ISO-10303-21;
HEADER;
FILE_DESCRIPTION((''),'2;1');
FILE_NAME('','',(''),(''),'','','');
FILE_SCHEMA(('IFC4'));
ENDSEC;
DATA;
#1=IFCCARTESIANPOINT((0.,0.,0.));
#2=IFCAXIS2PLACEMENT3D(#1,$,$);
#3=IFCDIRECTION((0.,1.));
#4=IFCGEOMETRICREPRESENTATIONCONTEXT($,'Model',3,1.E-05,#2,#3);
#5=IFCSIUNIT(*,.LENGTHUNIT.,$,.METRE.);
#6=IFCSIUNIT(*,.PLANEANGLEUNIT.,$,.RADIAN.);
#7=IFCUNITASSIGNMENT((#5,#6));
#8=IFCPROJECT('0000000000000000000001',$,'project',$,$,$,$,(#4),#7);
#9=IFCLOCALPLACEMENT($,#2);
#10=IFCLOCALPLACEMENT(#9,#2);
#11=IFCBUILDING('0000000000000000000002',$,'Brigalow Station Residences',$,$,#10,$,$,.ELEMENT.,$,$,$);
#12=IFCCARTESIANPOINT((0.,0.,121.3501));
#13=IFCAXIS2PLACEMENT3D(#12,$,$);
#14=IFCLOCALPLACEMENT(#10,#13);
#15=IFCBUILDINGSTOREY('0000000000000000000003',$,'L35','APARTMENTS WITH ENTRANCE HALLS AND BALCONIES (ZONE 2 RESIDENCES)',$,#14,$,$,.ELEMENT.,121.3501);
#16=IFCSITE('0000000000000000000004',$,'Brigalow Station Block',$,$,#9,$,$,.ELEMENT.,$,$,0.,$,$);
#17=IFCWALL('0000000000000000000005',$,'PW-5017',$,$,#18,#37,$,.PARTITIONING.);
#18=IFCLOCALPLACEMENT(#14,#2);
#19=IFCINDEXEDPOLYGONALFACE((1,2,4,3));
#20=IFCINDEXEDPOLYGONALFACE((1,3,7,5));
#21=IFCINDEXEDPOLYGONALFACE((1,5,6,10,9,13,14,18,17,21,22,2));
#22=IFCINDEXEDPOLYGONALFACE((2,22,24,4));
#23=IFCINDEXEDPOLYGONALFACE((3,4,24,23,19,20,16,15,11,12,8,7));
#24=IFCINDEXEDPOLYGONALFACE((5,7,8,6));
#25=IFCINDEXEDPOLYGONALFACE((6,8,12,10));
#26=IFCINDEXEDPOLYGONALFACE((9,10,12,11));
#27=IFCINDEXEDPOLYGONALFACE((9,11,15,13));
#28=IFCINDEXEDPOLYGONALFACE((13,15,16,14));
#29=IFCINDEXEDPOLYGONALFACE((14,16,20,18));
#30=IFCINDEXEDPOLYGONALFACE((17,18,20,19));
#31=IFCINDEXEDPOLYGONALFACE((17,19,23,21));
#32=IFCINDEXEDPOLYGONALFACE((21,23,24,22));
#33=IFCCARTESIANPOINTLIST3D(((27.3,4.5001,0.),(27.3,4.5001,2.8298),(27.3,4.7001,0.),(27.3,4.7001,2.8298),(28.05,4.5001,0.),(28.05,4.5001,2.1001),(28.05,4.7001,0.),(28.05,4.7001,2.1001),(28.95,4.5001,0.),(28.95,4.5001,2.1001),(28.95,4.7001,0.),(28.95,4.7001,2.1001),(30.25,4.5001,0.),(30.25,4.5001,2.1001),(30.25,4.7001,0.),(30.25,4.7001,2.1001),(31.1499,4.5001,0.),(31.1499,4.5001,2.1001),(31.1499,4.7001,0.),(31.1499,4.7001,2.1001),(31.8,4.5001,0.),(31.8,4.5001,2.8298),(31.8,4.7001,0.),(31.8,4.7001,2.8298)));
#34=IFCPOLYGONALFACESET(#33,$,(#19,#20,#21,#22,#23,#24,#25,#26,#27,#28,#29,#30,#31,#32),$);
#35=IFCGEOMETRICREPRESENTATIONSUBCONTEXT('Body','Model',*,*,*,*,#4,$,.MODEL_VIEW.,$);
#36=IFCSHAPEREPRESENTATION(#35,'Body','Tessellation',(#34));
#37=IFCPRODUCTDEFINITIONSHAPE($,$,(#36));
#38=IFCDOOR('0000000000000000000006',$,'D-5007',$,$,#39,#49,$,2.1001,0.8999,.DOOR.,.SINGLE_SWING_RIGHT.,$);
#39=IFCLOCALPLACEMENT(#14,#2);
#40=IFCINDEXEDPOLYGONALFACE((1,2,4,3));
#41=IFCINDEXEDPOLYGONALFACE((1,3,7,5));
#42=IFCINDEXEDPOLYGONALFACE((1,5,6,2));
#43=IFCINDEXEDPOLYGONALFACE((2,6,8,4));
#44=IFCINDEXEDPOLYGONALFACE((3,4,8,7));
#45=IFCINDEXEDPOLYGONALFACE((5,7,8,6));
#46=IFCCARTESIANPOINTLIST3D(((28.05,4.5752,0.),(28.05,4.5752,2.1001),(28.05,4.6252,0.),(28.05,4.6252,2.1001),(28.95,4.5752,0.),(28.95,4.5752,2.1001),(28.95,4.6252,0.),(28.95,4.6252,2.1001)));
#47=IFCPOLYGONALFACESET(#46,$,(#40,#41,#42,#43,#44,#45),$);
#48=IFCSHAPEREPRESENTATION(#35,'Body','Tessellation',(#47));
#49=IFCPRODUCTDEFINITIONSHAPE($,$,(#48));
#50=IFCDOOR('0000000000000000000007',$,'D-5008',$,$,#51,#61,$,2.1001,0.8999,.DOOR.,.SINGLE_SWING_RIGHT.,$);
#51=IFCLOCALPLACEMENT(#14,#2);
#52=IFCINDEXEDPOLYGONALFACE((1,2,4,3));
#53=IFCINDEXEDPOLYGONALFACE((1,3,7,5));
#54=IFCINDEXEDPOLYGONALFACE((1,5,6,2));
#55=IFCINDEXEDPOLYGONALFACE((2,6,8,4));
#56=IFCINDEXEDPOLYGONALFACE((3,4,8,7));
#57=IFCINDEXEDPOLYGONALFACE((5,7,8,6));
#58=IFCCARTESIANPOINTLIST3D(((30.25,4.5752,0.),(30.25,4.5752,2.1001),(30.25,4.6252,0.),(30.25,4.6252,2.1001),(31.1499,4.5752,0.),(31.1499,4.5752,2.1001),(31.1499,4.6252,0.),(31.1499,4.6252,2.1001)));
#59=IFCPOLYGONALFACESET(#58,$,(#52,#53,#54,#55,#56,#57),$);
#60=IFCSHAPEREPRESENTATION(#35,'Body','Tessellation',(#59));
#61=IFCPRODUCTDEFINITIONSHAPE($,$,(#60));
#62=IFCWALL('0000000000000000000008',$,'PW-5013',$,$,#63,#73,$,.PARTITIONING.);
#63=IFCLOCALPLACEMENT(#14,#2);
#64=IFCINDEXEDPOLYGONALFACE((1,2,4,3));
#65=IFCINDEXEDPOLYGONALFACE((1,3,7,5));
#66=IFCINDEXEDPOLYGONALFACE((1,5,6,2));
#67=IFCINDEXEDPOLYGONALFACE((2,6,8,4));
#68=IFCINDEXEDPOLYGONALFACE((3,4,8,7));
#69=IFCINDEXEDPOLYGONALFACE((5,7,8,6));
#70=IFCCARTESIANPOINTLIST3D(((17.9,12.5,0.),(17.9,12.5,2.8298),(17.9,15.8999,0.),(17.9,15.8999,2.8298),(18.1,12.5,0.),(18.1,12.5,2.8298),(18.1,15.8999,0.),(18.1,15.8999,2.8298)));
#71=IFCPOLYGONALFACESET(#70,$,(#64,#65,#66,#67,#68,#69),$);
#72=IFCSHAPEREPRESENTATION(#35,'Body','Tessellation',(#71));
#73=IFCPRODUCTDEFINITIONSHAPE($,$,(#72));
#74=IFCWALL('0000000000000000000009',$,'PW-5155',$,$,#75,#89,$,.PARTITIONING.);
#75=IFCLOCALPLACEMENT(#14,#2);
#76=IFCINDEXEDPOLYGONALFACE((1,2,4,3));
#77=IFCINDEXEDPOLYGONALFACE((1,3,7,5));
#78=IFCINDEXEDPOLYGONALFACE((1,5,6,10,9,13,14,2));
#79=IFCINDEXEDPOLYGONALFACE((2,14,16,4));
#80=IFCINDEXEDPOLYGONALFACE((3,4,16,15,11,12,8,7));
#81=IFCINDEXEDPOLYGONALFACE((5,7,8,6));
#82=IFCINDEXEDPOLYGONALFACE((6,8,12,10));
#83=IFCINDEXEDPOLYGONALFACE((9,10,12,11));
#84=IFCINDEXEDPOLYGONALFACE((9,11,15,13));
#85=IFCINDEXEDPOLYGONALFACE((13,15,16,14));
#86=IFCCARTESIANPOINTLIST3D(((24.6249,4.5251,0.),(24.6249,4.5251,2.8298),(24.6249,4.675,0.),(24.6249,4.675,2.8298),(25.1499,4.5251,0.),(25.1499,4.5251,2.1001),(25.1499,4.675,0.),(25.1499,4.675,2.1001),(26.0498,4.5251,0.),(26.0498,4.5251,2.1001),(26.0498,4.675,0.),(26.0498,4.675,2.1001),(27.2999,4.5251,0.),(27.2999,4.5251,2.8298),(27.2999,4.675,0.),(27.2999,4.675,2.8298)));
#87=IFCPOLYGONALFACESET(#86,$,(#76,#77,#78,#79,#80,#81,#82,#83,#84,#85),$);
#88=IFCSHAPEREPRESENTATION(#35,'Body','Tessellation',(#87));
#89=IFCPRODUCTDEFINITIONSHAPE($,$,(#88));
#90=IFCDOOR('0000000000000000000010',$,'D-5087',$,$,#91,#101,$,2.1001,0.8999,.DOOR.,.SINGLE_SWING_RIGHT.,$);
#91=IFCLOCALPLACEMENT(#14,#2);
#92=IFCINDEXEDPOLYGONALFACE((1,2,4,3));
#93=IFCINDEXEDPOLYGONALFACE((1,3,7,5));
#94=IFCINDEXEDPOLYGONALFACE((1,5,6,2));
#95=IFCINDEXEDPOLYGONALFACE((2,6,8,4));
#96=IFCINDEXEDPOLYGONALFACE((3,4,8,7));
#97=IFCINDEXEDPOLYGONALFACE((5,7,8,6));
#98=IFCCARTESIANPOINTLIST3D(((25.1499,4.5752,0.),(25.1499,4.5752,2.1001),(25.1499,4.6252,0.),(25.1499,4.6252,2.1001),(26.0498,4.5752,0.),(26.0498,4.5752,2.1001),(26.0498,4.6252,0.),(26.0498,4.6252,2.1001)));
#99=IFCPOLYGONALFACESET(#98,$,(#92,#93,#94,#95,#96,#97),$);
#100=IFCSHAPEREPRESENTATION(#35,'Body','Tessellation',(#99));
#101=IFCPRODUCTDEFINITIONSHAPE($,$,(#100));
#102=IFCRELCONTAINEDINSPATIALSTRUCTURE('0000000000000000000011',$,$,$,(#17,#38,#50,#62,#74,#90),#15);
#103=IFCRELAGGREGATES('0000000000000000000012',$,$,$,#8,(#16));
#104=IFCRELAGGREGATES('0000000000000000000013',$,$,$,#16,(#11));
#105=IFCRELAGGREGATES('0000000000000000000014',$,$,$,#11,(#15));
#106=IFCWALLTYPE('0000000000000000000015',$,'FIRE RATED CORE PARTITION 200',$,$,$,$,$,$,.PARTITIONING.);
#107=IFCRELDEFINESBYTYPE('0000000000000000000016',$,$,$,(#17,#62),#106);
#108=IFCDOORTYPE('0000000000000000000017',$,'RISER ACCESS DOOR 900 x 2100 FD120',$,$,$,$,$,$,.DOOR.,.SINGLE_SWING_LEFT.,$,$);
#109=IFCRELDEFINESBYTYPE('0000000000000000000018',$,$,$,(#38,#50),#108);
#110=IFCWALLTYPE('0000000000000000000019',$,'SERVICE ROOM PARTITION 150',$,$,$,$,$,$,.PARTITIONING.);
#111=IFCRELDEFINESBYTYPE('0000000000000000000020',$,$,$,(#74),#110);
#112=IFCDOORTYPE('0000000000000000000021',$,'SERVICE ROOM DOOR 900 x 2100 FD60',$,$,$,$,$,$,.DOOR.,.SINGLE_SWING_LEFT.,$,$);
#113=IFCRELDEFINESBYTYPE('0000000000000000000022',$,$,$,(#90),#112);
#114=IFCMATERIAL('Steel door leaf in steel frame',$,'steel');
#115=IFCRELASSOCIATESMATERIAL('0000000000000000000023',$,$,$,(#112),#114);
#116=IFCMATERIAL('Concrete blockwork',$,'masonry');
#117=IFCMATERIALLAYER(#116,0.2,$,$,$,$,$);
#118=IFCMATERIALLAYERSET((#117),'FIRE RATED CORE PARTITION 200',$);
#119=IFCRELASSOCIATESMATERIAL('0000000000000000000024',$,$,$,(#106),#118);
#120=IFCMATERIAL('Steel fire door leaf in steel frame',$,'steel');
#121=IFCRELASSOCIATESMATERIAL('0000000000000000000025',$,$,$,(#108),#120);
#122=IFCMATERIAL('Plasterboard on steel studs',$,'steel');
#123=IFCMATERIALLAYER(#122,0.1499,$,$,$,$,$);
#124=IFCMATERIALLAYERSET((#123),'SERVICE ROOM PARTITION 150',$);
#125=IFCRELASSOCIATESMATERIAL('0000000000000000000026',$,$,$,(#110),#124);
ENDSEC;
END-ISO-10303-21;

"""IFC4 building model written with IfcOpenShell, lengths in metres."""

from ifc_helpers import new_model, si_unit, direction, frame, frame_2d, origin, place, context, subcontext, project, spatial, rectangle, extrude, material, layer, layer_set, type_object, element, fill, save


model = new_model("IFC4")

# Units and contexts
model_context = context("Model", 3, precision=1e-05, world=origin(), true_north=direction((0.0, 1.0)))
body_context = subcontext(model_context, "Body", "Model", "MODEL_VIEW")
ifc_project = project(units=[si_unit("LENGTHUNIT", "METRE"), si_unit("PLANEANGLEUNIT", "RADIAN")], contexts=[model_context])

# Site, building, storey
site_placement = place(None, origin())
site = spatial("IfcSite", under=ifc_project, at=site_placement, Name="Brigalow Station Block", CompositionType="ELEMENT", RefElevation=0.0)
building_placement = place(site_placement, origin())
building = spatial("IfcBuilding", under=site, at=building_placement, Name="Brigalow Station Residences", CompositionType="ELEMENT")
storey_placement = place(building_placement, frame((0.0, 0.0, 121.3501)))
storey = spatial("IfcBuildingStorey", under=building, at=storey_placement, Name="L35", Description="APARTMENTS WITH ENTRANCE HALLS AND BALCONIES (ZONE 2 RESIDENCES)", CompositionType="ELEMENT", Elevation=121.3501)

# Wall, openings, doors
ifc_material_1 = material(Name="Steel door leaf in steel frame", Category="steel")
door_type_1 = type_object("IfcDoorType", Name="SERVICE ROOM DOOR 900 x 2100 FD60", OperationType="SINGLE_SWING_LEFT", PredefinedType="DOOR", material=ifc_material_1)
ifc_material_2 = material(Name="Concrete blockwork", Category="masonry")
ifc_layer_1 = layer(ifc_material_2, 0.2)
ifc_layer_set_1 = layer_set([ifc_layer_1], Name="FIRE RATED CORE PARTITION 200")
wall_type_1 = type_object("IfcWallType", Name="FIRE RATED CORE PARTITION 200", PredefinedType="PARTITIONING", material=ifc_layer_set_1)
wall_1_placement = place(storey_placement, frame((27.3, 4.6001, 0.0), z_axis=(0.0, 0.0, 1.0), x_axis=(1.0, 0.0, 0.0)))
wall_1 = element("IfcWall", 1, at=wall_1_placement, inside=storey, type_object=wall_type_1, Name="PW-5017", PredefinedType="PARTITIONING", context=body_context, shape_type="SweptSolid", body=[
    extrude(rectangle(XDim=4.5, YDim=0.2, at=frame_2d((2.25, 0.0))), origin(), (0.0, 0.0, 1.0), 2.8298),
])
opening_1_placement = place(wall_1_placement, frame((0.75, 0.0, 0.0)))
opening_1 = element("IfcOpeningElement", 2, at=opening_1_placement, cuts=wall_1, PredefinedType="OPENING", context=body_context, shape_type="SweptSolid", body=[
    extrude(rectangle(XDim=0.8999, YDim=2.1001, at=frame_2d((0.45, 1.05))), frame((0.0, 0.1099, 0.0), z_axis=(0.0, -1.0, 0.0), x_axis=(1.0, 0.0, 0.0)), (0.0, 0.0, 1.0), 0.22),
])
opening_2_placement = place(wall_1_placement, frame((2.95, 0.0, 0.0)))
opening_2 = element("IfcOpeningElement", 3, at=opening_2_placement, cuts=wall_1, PredefinedType="OPENING", context=body_context, shape_type="SweptSolid", body=[
    extrude(rectangle(XDim=0.8999, YDim=2.1001, at=frame_2d((0.45, 1.05))), frame((0.0, 0.1099, 0.0), z_axis=(0.0, -1.0, 0.0), x_axis=(1.0, 0.0, 0.0)), (0.0, 0.0, 1.0), 0.22),
])
ifc_material_3 = material(Name="Steel fire door leaf in steel frame", Category="steel")
door_type_2 = type_object("IfcDoorType", Name="RISER ACCESS DOOR 900 x 2100 FD120", OperationType="SINGLE_SWING_LEFT", PredefinedType="DOOR", material=ifc_material_3)
door_1_placement = place(opening_1_placement, frame((0.8999, 0.0, 0.0), z_axis=(0.0, 0.0, 1.0), x_axis=(-1.0, 0.0, 0.0)))
door_1 = element("IfcDoor", 4, at=door_1_placement, inside=storey, type_object=door_type_2, Name="D-5007", OperationType="SINGLE_SWING_RIGHT", OverallHeight=2.1001, OverallWidth=0.8999, PredefinedType="DOOR", context=body_context, shape_type="SweptSolid", body=[
    extrude(rectangle(XDim=0.8999, YDim=2.1001, at=frame_2d((0.45, 1.05))), frame((0.0, 0.0249, 0.0), z_axis=(0.0, -1.0, 0.0), x_axis=(1.0, 0.0, 0.0)), (0.0, 0.0, 1.0), 0.05),
])
fill(opening_1, door_1)
door_2_placement = place(opening_2_placement, frame((0.8999, 0.0, 0.0), z_axis=(0.0, 0.0, 1.0), x_axis=(-1.0, 0.0, 0.0)))
door_2 = element("IfcDoor", 5, at=door_2_placement, inside=storey, type_object=door_type_2, Name="D-5008", OperationType="SINGLE_SWING_RIGHT", OverallHeight=2.1001, OverallWidth=0.8999, PredefinedType="DOOR", context=body_context, shape_type="SweptSolid", body=[
    extrude(rectangle(XDim=0.8999, YDim=2.1001, at=frame_2d((0.45, 1.05))), frame((0.0, 0.0249, 0.0), z_axis=(0.0, -1.0, 0.0), x_axis=(1.0, 0.0, 0.0)), (0.0, 0.0, 1.0), 0.05),
])
fill(opening_2, door_2)

# Wall
wall_2_placement = place(storey_placement, frame((18.0, 12.5, 0.0), z_axis=(0.0, 0.0, 1.0), x_axis=(0.0, 1.0, 0.0)))
element("IfcWall", 6, at=wall_2_placement, inside=storey, type_object=wall_type_1, Name="PW-5013", PredefinedType="PARTITIONING", context=body_context, shape_type="SweptSolid", body=[
    extrude(rectangle(XDim=3.3999, YDim=0.2, at=frame_2d((1.7, 0.0))), origin(), (0.0, 0.0, 1.0), 2.8298),
])

# Wall, opening, door
ifc_material_4 = material(Name="Plasterboard on steel studs", Category="steel")
ifc_layer_2 = layer(ifc_material_4, 0.1499)
ifc_layer_set_2 = layer_set([ifc_layer_2], Name="SERVICE ROOM PARTITION 150")
wall_type_2 = type_object("IfcWallType", Name="SERVICE ROOM PARTITION 150", PredefinedType="PARTITIONING", material=ifc_layer_set_2)
wall_3_placement = place(storey_placement, frame((24.625, 4.6001, 0.0), z_axis=(0.0, 0.0, 1.0), x_axis=(1.0, 0.0, 0.0)))
wall_3 = element("IfcWall", 7, at=wall_3_placement, inside=storey, type_object=wall_type_2, Name="PW-5155", PredefinedType="PARTITIONING", context=body_context, shape_type="SweptSolid", body=[
    extrude(rectangle(XDim=2.675, YDim=0.1499, at=frame_2d((1.3374, 0.0))), origin(), (0.0, 0.0, 1.0), 2.8298),
])
opening_3_placement = place(wall_3_placement, frame((0.5249, 0.0, 0.0)))
opening_3 = element("IfcOpeningElement", 8, at=opening_3_placement, cuts=wall_3, PredefinedType="OPENING", context=body_context, shape_type="SweptSolid", body=[
    extrude(rectangle(XDim=0.8999, YDim=2.1001, at=frame_2d((0.45, 1.05))), frame((0.0, 0.085, 0.0), z_axis=(0.0, -1.0, 0.0), x_axis=(1.0, 0.0, 0.0)), (0.0, 0.0, 1.0), 0.1699),
])
door_3_placement = place(opening_3_placement, frame((0.8999, 0.0, 0.0), z_axis=(0.0, 0.0, 1.0), x_axis=(-1.0, 0.0, 0.0)))
door_3 = element("IfcDoor", 9, at=door_3_placement, inside=storey, type_object=door_type_1, Name="D-5087", OperationType="SINGLE_SWING_RIGHT", OverallHeight=2.1001, OverallWidth=0.8999, PredefinedType="DOOR", context=body_context, shape_type="SweptSolid", body=[
    extrude(rectangle(XDim=0.8999, YDim=2.1001, at=frame_2d((0.45, 1.05))), frame((0.0, 0.0249, 0.0), z_axis=(0.0, -1.0, 0.0), x_axis=(1.0, 0.0, 0.0)), (0.0, 0.0, 1.0), 0.05),
])
fill(opening_3, door_3)

save(model, "model.ifc")
